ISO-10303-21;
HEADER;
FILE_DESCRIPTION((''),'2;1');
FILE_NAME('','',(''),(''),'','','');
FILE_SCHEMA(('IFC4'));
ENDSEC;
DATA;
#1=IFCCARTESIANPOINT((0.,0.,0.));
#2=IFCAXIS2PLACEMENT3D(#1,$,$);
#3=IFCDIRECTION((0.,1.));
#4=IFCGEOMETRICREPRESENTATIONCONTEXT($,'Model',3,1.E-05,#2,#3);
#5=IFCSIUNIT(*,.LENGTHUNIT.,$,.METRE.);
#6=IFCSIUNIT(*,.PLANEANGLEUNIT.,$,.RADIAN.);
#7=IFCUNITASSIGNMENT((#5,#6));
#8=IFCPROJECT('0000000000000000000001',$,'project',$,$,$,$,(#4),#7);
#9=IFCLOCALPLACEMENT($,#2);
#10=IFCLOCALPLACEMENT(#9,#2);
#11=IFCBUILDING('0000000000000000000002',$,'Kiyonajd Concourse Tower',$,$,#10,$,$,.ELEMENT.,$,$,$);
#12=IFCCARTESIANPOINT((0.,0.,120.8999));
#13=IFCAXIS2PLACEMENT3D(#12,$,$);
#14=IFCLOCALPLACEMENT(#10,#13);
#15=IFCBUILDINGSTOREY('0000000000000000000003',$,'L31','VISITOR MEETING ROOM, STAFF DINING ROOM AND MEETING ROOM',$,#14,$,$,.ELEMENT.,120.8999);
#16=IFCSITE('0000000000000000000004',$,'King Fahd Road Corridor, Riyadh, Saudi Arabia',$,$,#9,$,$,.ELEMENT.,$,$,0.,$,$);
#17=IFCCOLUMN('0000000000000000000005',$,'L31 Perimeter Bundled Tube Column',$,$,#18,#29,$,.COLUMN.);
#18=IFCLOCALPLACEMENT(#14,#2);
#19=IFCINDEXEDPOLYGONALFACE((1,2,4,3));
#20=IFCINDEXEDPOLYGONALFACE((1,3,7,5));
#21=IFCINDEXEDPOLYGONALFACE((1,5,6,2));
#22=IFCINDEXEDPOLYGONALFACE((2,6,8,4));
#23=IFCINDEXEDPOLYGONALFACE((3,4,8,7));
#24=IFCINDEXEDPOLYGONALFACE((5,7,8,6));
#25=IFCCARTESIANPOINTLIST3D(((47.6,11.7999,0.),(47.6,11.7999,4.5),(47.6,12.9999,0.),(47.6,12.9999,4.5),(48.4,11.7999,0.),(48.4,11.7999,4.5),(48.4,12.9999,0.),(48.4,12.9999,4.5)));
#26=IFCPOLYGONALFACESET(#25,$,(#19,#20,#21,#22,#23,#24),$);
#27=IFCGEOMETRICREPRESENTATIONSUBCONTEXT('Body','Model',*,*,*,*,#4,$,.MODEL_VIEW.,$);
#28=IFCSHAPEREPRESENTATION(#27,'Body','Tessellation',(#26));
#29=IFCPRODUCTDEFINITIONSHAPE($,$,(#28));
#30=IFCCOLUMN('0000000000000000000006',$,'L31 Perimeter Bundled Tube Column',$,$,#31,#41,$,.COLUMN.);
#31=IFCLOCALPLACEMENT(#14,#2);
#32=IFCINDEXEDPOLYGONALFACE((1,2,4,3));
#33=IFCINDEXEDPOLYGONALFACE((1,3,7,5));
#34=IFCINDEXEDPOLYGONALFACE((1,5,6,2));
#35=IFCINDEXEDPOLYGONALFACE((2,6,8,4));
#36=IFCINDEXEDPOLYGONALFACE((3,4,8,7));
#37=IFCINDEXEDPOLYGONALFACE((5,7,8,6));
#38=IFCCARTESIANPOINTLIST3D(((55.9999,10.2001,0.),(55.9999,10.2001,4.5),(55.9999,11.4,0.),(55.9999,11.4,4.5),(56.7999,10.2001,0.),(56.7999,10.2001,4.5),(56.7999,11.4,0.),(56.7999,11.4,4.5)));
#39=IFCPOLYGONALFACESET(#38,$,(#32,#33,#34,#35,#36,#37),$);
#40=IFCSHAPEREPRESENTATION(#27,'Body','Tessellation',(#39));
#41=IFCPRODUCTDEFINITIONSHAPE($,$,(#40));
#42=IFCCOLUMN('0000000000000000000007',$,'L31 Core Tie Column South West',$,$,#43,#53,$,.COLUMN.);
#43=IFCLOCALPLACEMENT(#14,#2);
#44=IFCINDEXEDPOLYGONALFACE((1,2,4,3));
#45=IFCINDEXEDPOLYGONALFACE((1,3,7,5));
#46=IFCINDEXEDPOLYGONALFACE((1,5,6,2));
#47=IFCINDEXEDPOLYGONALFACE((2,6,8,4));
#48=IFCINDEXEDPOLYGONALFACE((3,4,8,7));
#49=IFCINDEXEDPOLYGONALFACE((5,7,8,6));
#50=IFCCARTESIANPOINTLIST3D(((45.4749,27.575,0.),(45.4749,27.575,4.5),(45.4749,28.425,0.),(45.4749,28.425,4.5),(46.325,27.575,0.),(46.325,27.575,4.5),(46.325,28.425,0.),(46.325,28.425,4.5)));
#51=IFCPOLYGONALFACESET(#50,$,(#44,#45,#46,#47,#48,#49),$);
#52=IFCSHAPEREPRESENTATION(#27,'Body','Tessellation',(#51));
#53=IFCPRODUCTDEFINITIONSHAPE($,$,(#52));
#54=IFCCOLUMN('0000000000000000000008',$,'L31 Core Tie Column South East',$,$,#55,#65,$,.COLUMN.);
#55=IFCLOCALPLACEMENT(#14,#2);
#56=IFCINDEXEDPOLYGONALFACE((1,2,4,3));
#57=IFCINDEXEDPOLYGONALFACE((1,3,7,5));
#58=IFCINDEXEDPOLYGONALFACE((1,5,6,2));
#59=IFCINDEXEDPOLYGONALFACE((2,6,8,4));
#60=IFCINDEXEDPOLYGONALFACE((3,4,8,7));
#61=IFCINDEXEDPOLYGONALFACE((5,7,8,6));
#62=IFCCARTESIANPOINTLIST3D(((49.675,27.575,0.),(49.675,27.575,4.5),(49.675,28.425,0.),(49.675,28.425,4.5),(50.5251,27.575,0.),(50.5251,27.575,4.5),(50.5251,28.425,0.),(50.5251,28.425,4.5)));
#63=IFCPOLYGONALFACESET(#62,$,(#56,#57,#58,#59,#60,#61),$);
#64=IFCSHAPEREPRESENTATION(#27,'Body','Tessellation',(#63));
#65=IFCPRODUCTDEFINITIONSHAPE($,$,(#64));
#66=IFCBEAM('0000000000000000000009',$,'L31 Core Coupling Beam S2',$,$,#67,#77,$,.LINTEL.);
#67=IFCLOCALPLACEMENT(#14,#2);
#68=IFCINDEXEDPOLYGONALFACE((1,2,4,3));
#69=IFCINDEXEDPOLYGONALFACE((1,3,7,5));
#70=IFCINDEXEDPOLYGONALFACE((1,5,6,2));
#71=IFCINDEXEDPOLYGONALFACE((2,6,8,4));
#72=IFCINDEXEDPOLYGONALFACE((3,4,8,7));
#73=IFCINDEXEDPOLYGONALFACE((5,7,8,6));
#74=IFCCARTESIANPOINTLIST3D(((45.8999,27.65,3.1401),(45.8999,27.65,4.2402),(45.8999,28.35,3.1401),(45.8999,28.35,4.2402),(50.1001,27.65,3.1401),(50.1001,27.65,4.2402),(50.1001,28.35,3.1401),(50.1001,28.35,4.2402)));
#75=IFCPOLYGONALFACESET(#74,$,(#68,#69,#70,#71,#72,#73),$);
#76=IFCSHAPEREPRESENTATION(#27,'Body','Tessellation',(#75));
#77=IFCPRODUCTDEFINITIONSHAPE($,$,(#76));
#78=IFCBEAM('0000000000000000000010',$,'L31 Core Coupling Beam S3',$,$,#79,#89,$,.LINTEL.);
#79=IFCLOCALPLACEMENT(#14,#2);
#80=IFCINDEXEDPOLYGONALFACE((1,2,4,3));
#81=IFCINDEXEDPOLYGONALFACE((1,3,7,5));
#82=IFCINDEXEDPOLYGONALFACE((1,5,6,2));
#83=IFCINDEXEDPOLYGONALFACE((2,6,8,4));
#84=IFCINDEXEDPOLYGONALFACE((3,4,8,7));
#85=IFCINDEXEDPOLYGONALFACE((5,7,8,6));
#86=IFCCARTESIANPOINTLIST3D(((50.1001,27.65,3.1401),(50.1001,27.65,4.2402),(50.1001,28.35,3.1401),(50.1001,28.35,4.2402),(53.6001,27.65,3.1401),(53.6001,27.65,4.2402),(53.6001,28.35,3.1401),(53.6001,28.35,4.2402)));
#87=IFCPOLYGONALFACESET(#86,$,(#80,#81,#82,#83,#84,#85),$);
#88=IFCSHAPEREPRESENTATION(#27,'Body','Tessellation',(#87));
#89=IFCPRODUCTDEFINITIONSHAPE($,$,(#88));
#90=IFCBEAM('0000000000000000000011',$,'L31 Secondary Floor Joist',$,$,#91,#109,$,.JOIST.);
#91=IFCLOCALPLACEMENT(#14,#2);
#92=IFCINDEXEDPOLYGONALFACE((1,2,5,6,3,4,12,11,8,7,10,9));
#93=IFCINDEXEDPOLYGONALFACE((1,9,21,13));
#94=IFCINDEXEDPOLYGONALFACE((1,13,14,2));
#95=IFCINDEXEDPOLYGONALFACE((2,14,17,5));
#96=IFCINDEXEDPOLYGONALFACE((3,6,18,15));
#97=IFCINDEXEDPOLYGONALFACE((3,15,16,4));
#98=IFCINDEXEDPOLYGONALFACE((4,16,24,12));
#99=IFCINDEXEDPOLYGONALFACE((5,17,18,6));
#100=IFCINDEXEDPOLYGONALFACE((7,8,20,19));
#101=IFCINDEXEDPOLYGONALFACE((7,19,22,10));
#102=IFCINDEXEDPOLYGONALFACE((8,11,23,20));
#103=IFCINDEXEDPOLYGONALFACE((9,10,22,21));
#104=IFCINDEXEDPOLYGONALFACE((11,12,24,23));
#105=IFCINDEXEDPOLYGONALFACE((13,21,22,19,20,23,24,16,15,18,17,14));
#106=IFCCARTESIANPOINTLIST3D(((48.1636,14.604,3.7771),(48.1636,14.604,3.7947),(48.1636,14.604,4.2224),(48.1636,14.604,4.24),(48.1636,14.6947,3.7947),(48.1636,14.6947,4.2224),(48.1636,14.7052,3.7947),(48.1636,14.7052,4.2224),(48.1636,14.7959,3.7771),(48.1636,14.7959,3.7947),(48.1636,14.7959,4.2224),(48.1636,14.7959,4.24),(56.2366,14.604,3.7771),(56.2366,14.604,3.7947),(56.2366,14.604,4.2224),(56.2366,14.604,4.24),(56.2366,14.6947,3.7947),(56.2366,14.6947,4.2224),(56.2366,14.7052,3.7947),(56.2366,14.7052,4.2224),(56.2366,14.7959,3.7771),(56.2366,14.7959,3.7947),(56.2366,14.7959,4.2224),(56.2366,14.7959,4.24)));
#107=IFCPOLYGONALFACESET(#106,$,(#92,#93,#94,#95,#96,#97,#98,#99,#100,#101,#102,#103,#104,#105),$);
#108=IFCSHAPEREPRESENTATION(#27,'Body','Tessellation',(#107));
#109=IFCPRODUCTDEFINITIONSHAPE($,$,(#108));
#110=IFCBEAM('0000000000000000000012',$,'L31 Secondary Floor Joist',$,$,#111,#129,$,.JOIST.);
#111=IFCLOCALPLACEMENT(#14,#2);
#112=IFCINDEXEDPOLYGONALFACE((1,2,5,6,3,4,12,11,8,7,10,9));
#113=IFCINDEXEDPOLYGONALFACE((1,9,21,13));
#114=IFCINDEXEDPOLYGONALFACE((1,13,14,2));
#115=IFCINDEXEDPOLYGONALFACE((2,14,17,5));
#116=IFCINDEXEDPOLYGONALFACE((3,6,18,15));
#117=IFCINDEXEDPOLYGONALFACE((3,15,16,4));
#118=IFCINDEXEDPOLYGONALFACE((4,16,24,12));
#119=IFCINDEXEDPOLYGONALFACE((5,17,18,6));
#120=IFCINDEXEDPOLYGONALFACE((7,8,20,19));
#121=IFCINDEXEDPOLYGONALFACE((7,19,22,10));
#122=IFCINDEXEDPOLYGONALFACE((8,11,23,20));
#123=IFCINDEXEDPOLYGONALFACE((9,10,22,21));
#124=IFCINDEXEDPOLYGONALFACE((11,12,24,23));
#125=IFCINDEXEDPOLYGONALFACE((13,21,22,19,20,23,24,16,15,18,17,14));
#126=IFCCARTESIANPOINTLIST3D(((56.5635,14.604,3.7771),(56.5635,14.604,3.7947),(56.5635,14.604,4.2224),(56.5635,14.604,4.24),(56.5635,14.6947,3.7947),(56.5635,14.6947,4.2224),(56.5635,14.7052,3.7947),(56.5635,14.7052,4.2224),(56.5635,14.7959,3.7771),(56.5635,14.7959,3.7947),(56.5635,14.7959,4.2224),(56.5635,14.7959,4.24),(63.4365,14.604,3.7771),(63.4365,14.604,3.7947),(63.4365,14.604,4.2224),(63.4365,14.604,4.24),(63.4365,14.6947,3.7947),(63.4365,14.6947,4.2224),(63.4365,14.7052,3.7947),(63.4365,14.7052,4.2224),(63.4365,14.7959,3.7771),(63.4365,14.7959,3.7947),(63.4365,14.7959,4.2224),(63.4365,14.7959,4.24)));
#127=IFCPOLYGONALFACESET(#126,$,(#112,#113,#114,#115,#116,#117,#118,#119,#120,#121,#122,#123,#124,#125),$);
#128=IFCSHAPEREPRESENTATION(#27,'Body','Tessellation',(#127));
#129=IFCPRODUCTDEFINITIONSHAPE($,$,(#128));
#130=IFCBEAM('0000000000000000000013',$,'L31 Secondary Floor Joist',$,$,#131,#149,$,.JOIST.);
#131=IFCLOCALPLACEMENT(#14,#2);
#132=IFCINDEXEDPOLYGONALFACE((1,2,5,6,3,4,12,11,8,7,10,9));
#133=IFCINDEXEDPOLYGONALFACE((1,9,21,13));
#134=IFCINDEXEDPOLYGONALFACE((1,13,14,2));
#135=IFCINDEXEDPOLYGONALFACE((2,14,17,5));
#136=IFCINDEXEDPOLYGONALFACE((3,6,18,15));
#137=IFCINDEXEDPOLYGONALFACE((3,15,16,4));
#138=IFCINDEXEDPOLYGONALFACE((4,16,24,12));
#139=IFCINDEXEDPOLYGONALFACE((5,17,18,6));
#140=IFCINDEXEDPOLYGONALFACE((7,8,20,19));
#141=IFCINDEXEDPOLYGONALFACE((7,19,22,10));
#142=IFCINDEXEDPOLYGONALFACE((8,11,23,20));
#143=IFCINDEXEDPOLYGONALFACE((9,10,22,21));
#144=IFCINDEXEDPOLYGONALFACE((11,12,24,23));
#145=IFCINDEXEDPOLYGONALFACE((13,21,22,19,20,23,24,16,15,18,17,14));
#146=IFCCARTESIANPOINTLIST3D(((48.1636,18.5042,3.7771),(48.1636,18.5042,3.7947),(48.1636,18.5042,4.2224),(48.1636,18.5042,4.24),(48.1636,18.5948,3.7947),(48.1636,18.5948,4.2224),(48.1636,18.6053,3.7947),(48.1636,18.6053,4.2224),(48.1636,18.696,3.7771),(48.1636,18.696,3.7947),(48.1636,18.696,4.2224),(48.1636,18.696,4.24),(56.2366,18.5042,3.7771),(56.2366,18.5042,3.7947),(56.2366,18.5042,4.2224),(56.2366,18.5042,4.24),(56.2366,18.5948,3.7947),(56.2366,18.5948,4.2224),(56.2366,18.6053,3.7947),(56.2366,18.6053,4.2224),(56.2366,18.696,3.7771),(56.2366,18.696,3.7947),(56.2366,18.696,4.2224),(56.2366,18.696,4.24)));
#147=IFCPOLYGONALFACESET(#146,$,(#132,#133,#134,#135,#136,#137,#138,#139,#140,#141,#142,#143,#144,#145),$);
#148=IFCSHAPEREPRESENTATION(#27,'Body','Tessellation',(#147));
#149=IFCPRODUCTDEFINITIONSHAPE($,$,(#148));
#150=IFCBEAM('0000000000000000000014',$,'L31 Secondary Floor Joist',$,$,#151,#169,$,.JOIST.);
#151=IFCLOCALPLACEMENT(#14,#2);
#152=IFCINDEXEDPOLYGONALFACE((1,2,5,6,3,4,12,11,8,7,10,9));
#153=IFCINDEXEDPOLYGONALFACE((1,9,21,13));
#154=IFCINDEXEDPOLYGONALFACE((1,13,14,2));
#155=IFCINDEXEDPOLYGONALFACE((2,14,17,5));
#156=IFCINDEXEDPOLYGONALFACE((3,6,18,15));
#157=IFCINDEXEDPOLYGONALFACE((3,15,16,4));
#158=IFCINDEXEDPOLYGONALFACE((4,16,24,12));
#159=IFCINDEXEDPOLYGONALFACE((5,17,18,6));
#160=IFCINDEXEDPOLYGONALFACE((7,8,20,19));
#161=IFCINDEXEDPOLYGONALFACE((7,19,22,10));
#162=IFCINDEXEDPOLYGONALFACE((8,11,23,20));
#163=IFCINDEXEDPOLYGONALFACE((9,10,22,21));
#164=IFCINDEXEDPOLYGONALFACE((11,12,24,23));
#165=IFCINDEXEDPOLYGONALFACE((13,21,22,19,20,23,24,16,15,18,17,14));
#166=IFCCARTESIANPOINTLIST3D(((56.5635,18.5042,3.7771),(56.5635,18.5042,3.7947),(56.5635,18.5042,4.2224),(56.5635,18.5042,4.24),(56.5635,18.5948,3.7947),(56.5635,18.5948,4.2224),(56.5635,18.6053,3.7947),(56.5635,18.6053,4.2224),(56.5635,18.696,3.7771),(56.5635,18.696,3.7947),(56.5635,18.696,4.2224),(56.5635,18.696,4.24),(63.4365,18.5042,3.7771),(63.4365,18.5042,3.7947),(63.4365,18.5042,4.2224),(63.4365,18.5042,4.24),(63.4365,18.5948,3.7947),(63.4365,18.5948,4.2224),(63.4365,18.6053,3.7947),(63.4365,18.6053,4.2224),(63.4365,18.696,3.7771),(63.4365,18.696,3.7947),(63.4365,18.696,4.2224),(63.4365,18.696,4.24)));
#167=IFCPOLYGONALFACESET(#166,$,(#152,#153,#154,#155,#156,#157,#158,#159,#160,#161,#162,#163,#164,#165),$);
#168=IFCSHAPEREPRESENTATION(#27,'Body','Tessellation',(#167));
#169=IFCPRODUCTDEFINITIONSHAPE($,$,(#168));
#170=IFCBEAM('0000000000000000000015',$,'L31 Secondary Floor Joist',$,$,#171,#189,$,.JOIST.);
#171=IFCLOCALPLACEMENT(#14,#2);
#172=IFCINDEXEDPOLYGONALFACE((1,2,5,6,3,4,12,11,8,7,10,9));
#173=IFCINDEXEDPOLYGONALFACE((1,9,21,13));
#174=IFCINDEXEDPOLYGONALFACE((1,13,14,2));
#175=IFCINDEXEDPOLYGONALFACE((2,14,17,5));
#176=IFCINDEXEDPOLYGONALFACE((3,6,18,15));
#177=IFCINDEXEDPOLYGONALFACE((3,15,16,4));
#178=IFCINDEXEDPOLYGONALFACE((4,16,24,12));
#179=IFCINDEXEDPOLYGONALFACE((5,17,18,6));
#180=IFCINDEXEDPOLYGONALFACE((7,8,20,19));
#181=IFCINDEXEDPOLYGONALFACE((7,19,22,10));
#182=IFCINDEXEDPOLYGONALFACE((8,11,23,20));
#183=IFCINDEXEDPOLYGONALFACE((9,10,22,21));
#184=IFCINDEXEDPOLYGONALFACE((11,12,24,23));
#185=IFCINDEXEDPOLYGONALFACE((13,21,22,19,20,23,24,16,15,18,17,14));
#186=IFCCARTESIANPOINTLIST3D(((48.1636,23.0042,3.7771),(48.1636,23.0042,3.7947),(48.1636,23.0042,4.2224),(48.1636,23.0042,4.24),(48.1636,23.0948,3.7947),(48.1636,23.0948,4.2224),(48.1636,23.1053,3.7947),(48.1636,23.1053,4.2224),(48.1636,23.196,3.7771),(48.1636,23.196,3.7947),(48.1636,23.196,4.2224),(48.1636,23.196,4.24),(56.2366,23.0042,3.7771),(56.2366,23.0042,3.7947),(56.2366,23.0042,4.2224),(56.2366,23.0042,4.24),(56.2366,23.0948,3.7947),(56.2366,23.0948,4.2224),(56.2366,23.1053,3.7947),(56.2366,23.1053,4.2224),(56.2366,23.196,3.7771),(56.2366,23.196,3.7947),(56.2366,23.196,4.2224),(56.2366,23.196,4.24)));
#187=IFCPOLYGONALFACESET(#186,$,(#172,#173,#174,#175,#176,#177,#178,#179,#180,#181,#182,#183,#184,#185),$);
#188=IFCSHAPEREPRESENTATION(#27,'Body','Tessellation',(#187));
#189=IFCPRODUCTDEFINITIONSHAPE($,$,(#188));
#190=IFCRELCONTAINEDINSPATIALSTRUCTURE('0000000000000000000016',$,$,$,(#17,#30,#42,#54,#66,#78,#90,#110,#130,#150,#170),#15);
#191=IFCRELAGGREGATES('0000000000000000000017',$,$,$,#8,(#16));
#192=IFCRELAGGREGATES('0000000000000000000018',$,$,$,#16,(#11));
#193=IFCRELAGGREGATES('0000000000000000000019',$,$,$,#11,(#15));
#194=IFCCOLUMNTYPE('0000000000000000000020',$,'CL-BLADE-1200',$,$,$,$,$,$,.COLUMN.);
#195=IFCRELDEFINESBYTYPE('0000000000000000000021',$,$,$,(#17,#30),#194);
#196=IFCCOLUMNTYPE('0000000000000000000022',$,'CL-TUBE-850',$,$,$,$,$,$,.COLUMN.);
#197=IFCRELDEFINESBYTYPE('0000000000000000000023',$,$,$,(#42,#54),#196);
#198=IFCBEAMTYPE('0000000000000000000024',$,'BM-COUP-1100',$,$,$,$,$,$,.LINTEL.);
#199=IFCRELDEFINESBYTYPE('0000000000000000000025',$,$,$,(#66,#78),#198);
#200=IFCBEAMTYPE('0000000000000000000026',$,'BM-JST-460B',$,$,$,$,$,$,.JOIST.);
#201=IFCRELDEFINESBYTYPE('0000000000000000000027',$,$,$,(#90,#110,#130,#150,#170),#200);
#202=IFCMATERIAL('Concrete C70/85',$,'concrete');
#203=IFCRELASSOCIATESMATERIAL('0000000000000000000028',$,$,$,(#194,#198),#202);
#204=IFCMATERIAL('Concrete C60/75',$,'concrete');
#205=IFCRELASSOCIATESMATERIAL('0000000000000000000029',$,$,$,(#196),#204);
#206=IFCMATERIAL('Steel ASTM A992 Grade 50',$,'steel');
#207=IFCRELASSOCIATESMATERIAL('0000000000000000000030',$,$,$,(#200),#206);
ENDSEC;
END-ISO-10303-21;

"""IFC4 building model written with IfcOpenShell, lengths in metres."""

from ifc_helpers import new_model, si_unit, direction, frame, origin, origin_2d, place, context, subcontext, project, spatial, rectangle, i_section, extrude, material, material_profile, profile_set, type_object, element, save


model = new_model("IFC4")

# Units and contexts
model_context = context("Model", 3, precision=1e-05, world=origin(), true_north=direction((0.0, 1.0)))
body_context = subcontext(model_context, "Body", "Model", "MODEL_VIEW")
ifc_project = project(units=[si_unit("LENGTHUNIT", "METRE"), si_unit("PLANEANGLEUNIT", "RADIAN")], contexts=[model_context])

# Site, building, storey
site_placement = place(None, origin())
site = spatial("IfcSite", under=ifc_project, at=site_placement, Name="King Fahd Road Corridor, Riyadh, Saudi Arabia", CompositionType="ELEMENT", RefElevation=0.0)
building_placement = place(site_placement, origin())
building = spatial("IfcBuilding", under=site, at=building_placement, Name="Kiyonajd Concourse Tower", CompositionType="ELEMENT")
storey_placement = place(building_placement, frame((0.0, 0.0, 120.8999)))
storey = spatial("IfcBuildingStorey", under=building, at=storey_placement, Name="L31", Description="VISITOR MEETING ROOM, STAFF DINING ROOM AND MEETING ROOM", CompositionType="ELEMENT", Elevation=120.8999)

# Columns
ifc_material_1 = material(Name="Concrete C70/85", Category="concrete")
ifc_material_profile_1 = material_profile(ifc_material_1, rectangle(XDim=0.8, YDim=1.2, at=origin_2d()), Name="RC-1200x800")
ifc_profile_set_1 = profile_set([ifc_material_profile_1], Name="Concrete C70/85")
column_type_1 = type_object("IfcColumnType", Name="CL-BLADE-1200", PredefinedType="COLUMN", material=ifc_profile_set_1)
for number, where, z_axis, x_axis, name in (
    (1, (48.0, 12.3999, 0.0), (0.0, 0.0, 1.0), (1.0, 0.0, 0.0), "L31 Perimeter Bundled Tube Column"),
    (2, (56.3999, 10.8, 0.0), (0.0, 0.0, 1.0), (1.0, 0.0, 0.0), "L31 Perimeter Bundled Tube Column"),
):
    element("IfcColumn", number, at=place(storey_placement, frame(where, z_axis=z_axis, x_axis=x_axis)), inside=storey, type_object=column_type_1, Name=name, PredefinedType="COLUMN", context=body_context, shape_type="SweptSolid", body=[
        extrude(rectangle(XDim=0.8, YDim=1.2, at=origin_2d()), origin(), (0.0, 0.0, 1.0), 4.5),
    ])
ifc_material_2 = material(Name="Concrete C60/75", Category="concrete")
ifc_material_profile_2 = material_profile(ifc_material_2, rectangle(XDim=0.8501, YDim=0.8501, at=origin_2d()), Name="RC-850x850")
ifc_profile_set_2 = profile_set([ifc_material_profile_2], Name="Concrete C60/75")
column_type_2 = type_object("IfcColumnType", Name="CL-TUBE-850", PredefinedType="COLUMN", material=ifc_profile_set_2)
for number, where, z_axis, x_axis, name in (
    (3, (45.8999, 28.0, 0.0), (0.0, 0.0, 1.0), (1.0, 0.0, 0.0), "L31 Core Tie Column South West"),
    (4, (50.1001, 28.0, 0.0), (0.0, 0.0, 1.0), (1.0, 0.0, 0.0), "L31 Core Tie Column South East"),
):
    element("IfcColumn", number, at=place(storey_placement, frame(where, z_axis=z_axis, x_axis=x_axis)), inside=storey, type_object=column_type_2, Name=name, PredefinedType="COLUMN", context=body_context, shape_type="SweptSolid", body=[
        extrude(rectangle(XDim=0.8501, YDim=0.8501, at=origin_2d()), origin(), (0.0, 0.0, 1.0), 4.5),
    ])

# Beams
ifc_material_profile_3 = material_profile(ifc_material_1, rectangle(XDim=0.7, YDim=1.1001, at=origin_2d()), Name="RCBM-700x1100")
ifc_profile_set_3 = profile_set([ifc_material_profile_3], Name="Concrete C70/85")
beam_type_1 = type_object("IfcBeamType", Name="BM-COUP-1100", PredefinedType="LINTEL", material=ifc_profile_set_3)
beam_1_placement = place(storey_placement, frame((45.8999, 28.0, 3.6902), z_axis=(1.0, 0.0, 0.0), x_axis=(0.0, 1.0, 0.0)))
element("IfcBeam", 5, at=beam_1_placement, inside=storey, type_object=beam_type_1, Name="L31 Core Coupling Beam S2", PredefinedType="LINTEL", context=body_context, shape_type="SweptSolid", body=[
    extrude(rectangle(XDim=0.7, YDim=1.1001, at=origin_2d()), origin(), (0.0, 0.0, 1.0), 4.2002),
])
beam_2_placement = place(storey_placement, frame((50.1001, 28.0, 3.6902), z_axis=(1.0, 0.0, 0.0), x_axis=(0.0, 1.0, 0.0)))
element("IfcBeam", 6, at=beam_2_placement, inside=storey, type_object=beam_type_1, Name="L31 Core Coupling Beam S3", PredefinedType="LINTEL", context=body_context, shape_type="SweptSolid", body=[
    extrude(rectangle(XDim=0.7, YDim=1.1001, at=origin_2d()), origin(), (0.0, 0.0, 1.0), 3.5),
])
ifc_material_3 = material(Name="Steel ASTM A992 Grade 50", Category="steel")
ifc_material_profile_4 = material_profile(ifc_material_3, i_section(OverallWidth=0.1919, OverallDepth=0.4629, WebThickness=0.0105, FlangeThickness=0.0176, at=origin_2d()), Name="W460X89")
ifc_profile_set_4 = profile_set([ifc_material_profile_4], Name="Steel ASTM A992 Grade 50")
beam_type_2 = type_object("IfcBeamType", Name="BM-JST-460B", PredefinedType="JOIST", material=ifc_profile_set_4)
beam_3_placement = place(storey_placement, frame((48.1636, 14.7, 4.0085), z_axis=(1.0, 0.0, 0.0), x_axis=(0.0, 1.0, 0.0)))
element("IfcBeam", 7, at=beam_3_placement, inside=storey, type_object=beam_type_2, Name="L31 Secondary Floor Joist", PredefinedType="JOIST", context=body_context, shape_type="SweptSolid", body=[
    extrude(i_section(OverallWidth=0.1919, OverallDepth=0.4629, WebThickness=0.0105, FlangeThickness=0.0176, at=origin_2d()), origin(), (0.0, 0.0, 1.0), 8.073),
])
beam_4_placement = place(storey_placement, frame((56.5635, 14.7, 4.0085), z_axis=(1.0, 0.0, 0.0), x_axis=(0.0, 1.0, 0.0)))
element("IfcBeam", 8, at=beam_4_placement, inside=storey, type_object=beam_type_2, Name="L31 Secondary Floor Joist", PredefinedType="JOIST", context=body_context, shape_type="SweptSolid", body=[
    extrude(i_section(OverallWidth=0.1919, OverallDepth=0.4629, WebThickness=0.0105, FlangeThickness=0.0176, at=origin_2d()), origin(), (0.0, 0.0, 1.0), 6.873),
])
beam_5_placement = place(storey_placement, frame((48.1636, 18.6001, 4.0085), z_axis=(1.0, 0.0, 0.0), x_axis=(0.0, 1.0, 0.0)))
element("IfcBeam", 9, at=beam_5_placement, inside=storey, type_object=beam_type_2, Name="L31 Secondary Floor Joist", PredefinedType="JOIST", context=body_context, shape_type="SweptSolid", body=[
    extrude(i_section(OverallWidth=0.1919, OverallDepth=0.4629, WebThickness=0.0105, FlangeThickness=0.0176, at=origin_2d()), origin(), (0.0, 0.0, 1.0), 8.073),
])
beam_6_placement = place(storey_placement, frame((56.5635, 18.6001, 4.0085), z_axis=(1.0, 0.0, 0.0), x_axis=(0.0, 1.0, 0.0)))
element("IfcBeam", 10, at=beam_6_placement, inside=storey, type_object=beam_type_2, Name="L31 Secondary Floor Joist", PredefinedType="JOIST", context=body_context, shape_type="SweptSolid", body=[
    extrude(i_section(OverallWidth=0.1919, OverallDepth=0.4629, WebThickness=0.0105, FlangeThickness=0.0176, at=origin_2d()), origin(), (0.0, 0.0, 1.0), 6.873),
])
beam_7_placement = place(storey_placement, frame((48.1636, 23.1001, 4.0085), z_axis=(1.0, 0.0, 0.0), x_axis=(0.0, 1.0, 0.0)))
element("IfcBeam", 11, at=beam_7_placement, inside=storey, type_object=beam_type_2, Name="L31 Secondary Floor Joist", PredefinedType="JOIST", context=body_context, shape_type="SweptSolid", body=[
    extrude(i_section(OverallWidth=0.1919, OverallDepth=0.4629, WebThickness=0.0105, FlangeThickness=0.0176, at=origin_2d()), origin(), (0.0, 0.0, 1.0), 8.073),
])

save(model, "model.ifc")
